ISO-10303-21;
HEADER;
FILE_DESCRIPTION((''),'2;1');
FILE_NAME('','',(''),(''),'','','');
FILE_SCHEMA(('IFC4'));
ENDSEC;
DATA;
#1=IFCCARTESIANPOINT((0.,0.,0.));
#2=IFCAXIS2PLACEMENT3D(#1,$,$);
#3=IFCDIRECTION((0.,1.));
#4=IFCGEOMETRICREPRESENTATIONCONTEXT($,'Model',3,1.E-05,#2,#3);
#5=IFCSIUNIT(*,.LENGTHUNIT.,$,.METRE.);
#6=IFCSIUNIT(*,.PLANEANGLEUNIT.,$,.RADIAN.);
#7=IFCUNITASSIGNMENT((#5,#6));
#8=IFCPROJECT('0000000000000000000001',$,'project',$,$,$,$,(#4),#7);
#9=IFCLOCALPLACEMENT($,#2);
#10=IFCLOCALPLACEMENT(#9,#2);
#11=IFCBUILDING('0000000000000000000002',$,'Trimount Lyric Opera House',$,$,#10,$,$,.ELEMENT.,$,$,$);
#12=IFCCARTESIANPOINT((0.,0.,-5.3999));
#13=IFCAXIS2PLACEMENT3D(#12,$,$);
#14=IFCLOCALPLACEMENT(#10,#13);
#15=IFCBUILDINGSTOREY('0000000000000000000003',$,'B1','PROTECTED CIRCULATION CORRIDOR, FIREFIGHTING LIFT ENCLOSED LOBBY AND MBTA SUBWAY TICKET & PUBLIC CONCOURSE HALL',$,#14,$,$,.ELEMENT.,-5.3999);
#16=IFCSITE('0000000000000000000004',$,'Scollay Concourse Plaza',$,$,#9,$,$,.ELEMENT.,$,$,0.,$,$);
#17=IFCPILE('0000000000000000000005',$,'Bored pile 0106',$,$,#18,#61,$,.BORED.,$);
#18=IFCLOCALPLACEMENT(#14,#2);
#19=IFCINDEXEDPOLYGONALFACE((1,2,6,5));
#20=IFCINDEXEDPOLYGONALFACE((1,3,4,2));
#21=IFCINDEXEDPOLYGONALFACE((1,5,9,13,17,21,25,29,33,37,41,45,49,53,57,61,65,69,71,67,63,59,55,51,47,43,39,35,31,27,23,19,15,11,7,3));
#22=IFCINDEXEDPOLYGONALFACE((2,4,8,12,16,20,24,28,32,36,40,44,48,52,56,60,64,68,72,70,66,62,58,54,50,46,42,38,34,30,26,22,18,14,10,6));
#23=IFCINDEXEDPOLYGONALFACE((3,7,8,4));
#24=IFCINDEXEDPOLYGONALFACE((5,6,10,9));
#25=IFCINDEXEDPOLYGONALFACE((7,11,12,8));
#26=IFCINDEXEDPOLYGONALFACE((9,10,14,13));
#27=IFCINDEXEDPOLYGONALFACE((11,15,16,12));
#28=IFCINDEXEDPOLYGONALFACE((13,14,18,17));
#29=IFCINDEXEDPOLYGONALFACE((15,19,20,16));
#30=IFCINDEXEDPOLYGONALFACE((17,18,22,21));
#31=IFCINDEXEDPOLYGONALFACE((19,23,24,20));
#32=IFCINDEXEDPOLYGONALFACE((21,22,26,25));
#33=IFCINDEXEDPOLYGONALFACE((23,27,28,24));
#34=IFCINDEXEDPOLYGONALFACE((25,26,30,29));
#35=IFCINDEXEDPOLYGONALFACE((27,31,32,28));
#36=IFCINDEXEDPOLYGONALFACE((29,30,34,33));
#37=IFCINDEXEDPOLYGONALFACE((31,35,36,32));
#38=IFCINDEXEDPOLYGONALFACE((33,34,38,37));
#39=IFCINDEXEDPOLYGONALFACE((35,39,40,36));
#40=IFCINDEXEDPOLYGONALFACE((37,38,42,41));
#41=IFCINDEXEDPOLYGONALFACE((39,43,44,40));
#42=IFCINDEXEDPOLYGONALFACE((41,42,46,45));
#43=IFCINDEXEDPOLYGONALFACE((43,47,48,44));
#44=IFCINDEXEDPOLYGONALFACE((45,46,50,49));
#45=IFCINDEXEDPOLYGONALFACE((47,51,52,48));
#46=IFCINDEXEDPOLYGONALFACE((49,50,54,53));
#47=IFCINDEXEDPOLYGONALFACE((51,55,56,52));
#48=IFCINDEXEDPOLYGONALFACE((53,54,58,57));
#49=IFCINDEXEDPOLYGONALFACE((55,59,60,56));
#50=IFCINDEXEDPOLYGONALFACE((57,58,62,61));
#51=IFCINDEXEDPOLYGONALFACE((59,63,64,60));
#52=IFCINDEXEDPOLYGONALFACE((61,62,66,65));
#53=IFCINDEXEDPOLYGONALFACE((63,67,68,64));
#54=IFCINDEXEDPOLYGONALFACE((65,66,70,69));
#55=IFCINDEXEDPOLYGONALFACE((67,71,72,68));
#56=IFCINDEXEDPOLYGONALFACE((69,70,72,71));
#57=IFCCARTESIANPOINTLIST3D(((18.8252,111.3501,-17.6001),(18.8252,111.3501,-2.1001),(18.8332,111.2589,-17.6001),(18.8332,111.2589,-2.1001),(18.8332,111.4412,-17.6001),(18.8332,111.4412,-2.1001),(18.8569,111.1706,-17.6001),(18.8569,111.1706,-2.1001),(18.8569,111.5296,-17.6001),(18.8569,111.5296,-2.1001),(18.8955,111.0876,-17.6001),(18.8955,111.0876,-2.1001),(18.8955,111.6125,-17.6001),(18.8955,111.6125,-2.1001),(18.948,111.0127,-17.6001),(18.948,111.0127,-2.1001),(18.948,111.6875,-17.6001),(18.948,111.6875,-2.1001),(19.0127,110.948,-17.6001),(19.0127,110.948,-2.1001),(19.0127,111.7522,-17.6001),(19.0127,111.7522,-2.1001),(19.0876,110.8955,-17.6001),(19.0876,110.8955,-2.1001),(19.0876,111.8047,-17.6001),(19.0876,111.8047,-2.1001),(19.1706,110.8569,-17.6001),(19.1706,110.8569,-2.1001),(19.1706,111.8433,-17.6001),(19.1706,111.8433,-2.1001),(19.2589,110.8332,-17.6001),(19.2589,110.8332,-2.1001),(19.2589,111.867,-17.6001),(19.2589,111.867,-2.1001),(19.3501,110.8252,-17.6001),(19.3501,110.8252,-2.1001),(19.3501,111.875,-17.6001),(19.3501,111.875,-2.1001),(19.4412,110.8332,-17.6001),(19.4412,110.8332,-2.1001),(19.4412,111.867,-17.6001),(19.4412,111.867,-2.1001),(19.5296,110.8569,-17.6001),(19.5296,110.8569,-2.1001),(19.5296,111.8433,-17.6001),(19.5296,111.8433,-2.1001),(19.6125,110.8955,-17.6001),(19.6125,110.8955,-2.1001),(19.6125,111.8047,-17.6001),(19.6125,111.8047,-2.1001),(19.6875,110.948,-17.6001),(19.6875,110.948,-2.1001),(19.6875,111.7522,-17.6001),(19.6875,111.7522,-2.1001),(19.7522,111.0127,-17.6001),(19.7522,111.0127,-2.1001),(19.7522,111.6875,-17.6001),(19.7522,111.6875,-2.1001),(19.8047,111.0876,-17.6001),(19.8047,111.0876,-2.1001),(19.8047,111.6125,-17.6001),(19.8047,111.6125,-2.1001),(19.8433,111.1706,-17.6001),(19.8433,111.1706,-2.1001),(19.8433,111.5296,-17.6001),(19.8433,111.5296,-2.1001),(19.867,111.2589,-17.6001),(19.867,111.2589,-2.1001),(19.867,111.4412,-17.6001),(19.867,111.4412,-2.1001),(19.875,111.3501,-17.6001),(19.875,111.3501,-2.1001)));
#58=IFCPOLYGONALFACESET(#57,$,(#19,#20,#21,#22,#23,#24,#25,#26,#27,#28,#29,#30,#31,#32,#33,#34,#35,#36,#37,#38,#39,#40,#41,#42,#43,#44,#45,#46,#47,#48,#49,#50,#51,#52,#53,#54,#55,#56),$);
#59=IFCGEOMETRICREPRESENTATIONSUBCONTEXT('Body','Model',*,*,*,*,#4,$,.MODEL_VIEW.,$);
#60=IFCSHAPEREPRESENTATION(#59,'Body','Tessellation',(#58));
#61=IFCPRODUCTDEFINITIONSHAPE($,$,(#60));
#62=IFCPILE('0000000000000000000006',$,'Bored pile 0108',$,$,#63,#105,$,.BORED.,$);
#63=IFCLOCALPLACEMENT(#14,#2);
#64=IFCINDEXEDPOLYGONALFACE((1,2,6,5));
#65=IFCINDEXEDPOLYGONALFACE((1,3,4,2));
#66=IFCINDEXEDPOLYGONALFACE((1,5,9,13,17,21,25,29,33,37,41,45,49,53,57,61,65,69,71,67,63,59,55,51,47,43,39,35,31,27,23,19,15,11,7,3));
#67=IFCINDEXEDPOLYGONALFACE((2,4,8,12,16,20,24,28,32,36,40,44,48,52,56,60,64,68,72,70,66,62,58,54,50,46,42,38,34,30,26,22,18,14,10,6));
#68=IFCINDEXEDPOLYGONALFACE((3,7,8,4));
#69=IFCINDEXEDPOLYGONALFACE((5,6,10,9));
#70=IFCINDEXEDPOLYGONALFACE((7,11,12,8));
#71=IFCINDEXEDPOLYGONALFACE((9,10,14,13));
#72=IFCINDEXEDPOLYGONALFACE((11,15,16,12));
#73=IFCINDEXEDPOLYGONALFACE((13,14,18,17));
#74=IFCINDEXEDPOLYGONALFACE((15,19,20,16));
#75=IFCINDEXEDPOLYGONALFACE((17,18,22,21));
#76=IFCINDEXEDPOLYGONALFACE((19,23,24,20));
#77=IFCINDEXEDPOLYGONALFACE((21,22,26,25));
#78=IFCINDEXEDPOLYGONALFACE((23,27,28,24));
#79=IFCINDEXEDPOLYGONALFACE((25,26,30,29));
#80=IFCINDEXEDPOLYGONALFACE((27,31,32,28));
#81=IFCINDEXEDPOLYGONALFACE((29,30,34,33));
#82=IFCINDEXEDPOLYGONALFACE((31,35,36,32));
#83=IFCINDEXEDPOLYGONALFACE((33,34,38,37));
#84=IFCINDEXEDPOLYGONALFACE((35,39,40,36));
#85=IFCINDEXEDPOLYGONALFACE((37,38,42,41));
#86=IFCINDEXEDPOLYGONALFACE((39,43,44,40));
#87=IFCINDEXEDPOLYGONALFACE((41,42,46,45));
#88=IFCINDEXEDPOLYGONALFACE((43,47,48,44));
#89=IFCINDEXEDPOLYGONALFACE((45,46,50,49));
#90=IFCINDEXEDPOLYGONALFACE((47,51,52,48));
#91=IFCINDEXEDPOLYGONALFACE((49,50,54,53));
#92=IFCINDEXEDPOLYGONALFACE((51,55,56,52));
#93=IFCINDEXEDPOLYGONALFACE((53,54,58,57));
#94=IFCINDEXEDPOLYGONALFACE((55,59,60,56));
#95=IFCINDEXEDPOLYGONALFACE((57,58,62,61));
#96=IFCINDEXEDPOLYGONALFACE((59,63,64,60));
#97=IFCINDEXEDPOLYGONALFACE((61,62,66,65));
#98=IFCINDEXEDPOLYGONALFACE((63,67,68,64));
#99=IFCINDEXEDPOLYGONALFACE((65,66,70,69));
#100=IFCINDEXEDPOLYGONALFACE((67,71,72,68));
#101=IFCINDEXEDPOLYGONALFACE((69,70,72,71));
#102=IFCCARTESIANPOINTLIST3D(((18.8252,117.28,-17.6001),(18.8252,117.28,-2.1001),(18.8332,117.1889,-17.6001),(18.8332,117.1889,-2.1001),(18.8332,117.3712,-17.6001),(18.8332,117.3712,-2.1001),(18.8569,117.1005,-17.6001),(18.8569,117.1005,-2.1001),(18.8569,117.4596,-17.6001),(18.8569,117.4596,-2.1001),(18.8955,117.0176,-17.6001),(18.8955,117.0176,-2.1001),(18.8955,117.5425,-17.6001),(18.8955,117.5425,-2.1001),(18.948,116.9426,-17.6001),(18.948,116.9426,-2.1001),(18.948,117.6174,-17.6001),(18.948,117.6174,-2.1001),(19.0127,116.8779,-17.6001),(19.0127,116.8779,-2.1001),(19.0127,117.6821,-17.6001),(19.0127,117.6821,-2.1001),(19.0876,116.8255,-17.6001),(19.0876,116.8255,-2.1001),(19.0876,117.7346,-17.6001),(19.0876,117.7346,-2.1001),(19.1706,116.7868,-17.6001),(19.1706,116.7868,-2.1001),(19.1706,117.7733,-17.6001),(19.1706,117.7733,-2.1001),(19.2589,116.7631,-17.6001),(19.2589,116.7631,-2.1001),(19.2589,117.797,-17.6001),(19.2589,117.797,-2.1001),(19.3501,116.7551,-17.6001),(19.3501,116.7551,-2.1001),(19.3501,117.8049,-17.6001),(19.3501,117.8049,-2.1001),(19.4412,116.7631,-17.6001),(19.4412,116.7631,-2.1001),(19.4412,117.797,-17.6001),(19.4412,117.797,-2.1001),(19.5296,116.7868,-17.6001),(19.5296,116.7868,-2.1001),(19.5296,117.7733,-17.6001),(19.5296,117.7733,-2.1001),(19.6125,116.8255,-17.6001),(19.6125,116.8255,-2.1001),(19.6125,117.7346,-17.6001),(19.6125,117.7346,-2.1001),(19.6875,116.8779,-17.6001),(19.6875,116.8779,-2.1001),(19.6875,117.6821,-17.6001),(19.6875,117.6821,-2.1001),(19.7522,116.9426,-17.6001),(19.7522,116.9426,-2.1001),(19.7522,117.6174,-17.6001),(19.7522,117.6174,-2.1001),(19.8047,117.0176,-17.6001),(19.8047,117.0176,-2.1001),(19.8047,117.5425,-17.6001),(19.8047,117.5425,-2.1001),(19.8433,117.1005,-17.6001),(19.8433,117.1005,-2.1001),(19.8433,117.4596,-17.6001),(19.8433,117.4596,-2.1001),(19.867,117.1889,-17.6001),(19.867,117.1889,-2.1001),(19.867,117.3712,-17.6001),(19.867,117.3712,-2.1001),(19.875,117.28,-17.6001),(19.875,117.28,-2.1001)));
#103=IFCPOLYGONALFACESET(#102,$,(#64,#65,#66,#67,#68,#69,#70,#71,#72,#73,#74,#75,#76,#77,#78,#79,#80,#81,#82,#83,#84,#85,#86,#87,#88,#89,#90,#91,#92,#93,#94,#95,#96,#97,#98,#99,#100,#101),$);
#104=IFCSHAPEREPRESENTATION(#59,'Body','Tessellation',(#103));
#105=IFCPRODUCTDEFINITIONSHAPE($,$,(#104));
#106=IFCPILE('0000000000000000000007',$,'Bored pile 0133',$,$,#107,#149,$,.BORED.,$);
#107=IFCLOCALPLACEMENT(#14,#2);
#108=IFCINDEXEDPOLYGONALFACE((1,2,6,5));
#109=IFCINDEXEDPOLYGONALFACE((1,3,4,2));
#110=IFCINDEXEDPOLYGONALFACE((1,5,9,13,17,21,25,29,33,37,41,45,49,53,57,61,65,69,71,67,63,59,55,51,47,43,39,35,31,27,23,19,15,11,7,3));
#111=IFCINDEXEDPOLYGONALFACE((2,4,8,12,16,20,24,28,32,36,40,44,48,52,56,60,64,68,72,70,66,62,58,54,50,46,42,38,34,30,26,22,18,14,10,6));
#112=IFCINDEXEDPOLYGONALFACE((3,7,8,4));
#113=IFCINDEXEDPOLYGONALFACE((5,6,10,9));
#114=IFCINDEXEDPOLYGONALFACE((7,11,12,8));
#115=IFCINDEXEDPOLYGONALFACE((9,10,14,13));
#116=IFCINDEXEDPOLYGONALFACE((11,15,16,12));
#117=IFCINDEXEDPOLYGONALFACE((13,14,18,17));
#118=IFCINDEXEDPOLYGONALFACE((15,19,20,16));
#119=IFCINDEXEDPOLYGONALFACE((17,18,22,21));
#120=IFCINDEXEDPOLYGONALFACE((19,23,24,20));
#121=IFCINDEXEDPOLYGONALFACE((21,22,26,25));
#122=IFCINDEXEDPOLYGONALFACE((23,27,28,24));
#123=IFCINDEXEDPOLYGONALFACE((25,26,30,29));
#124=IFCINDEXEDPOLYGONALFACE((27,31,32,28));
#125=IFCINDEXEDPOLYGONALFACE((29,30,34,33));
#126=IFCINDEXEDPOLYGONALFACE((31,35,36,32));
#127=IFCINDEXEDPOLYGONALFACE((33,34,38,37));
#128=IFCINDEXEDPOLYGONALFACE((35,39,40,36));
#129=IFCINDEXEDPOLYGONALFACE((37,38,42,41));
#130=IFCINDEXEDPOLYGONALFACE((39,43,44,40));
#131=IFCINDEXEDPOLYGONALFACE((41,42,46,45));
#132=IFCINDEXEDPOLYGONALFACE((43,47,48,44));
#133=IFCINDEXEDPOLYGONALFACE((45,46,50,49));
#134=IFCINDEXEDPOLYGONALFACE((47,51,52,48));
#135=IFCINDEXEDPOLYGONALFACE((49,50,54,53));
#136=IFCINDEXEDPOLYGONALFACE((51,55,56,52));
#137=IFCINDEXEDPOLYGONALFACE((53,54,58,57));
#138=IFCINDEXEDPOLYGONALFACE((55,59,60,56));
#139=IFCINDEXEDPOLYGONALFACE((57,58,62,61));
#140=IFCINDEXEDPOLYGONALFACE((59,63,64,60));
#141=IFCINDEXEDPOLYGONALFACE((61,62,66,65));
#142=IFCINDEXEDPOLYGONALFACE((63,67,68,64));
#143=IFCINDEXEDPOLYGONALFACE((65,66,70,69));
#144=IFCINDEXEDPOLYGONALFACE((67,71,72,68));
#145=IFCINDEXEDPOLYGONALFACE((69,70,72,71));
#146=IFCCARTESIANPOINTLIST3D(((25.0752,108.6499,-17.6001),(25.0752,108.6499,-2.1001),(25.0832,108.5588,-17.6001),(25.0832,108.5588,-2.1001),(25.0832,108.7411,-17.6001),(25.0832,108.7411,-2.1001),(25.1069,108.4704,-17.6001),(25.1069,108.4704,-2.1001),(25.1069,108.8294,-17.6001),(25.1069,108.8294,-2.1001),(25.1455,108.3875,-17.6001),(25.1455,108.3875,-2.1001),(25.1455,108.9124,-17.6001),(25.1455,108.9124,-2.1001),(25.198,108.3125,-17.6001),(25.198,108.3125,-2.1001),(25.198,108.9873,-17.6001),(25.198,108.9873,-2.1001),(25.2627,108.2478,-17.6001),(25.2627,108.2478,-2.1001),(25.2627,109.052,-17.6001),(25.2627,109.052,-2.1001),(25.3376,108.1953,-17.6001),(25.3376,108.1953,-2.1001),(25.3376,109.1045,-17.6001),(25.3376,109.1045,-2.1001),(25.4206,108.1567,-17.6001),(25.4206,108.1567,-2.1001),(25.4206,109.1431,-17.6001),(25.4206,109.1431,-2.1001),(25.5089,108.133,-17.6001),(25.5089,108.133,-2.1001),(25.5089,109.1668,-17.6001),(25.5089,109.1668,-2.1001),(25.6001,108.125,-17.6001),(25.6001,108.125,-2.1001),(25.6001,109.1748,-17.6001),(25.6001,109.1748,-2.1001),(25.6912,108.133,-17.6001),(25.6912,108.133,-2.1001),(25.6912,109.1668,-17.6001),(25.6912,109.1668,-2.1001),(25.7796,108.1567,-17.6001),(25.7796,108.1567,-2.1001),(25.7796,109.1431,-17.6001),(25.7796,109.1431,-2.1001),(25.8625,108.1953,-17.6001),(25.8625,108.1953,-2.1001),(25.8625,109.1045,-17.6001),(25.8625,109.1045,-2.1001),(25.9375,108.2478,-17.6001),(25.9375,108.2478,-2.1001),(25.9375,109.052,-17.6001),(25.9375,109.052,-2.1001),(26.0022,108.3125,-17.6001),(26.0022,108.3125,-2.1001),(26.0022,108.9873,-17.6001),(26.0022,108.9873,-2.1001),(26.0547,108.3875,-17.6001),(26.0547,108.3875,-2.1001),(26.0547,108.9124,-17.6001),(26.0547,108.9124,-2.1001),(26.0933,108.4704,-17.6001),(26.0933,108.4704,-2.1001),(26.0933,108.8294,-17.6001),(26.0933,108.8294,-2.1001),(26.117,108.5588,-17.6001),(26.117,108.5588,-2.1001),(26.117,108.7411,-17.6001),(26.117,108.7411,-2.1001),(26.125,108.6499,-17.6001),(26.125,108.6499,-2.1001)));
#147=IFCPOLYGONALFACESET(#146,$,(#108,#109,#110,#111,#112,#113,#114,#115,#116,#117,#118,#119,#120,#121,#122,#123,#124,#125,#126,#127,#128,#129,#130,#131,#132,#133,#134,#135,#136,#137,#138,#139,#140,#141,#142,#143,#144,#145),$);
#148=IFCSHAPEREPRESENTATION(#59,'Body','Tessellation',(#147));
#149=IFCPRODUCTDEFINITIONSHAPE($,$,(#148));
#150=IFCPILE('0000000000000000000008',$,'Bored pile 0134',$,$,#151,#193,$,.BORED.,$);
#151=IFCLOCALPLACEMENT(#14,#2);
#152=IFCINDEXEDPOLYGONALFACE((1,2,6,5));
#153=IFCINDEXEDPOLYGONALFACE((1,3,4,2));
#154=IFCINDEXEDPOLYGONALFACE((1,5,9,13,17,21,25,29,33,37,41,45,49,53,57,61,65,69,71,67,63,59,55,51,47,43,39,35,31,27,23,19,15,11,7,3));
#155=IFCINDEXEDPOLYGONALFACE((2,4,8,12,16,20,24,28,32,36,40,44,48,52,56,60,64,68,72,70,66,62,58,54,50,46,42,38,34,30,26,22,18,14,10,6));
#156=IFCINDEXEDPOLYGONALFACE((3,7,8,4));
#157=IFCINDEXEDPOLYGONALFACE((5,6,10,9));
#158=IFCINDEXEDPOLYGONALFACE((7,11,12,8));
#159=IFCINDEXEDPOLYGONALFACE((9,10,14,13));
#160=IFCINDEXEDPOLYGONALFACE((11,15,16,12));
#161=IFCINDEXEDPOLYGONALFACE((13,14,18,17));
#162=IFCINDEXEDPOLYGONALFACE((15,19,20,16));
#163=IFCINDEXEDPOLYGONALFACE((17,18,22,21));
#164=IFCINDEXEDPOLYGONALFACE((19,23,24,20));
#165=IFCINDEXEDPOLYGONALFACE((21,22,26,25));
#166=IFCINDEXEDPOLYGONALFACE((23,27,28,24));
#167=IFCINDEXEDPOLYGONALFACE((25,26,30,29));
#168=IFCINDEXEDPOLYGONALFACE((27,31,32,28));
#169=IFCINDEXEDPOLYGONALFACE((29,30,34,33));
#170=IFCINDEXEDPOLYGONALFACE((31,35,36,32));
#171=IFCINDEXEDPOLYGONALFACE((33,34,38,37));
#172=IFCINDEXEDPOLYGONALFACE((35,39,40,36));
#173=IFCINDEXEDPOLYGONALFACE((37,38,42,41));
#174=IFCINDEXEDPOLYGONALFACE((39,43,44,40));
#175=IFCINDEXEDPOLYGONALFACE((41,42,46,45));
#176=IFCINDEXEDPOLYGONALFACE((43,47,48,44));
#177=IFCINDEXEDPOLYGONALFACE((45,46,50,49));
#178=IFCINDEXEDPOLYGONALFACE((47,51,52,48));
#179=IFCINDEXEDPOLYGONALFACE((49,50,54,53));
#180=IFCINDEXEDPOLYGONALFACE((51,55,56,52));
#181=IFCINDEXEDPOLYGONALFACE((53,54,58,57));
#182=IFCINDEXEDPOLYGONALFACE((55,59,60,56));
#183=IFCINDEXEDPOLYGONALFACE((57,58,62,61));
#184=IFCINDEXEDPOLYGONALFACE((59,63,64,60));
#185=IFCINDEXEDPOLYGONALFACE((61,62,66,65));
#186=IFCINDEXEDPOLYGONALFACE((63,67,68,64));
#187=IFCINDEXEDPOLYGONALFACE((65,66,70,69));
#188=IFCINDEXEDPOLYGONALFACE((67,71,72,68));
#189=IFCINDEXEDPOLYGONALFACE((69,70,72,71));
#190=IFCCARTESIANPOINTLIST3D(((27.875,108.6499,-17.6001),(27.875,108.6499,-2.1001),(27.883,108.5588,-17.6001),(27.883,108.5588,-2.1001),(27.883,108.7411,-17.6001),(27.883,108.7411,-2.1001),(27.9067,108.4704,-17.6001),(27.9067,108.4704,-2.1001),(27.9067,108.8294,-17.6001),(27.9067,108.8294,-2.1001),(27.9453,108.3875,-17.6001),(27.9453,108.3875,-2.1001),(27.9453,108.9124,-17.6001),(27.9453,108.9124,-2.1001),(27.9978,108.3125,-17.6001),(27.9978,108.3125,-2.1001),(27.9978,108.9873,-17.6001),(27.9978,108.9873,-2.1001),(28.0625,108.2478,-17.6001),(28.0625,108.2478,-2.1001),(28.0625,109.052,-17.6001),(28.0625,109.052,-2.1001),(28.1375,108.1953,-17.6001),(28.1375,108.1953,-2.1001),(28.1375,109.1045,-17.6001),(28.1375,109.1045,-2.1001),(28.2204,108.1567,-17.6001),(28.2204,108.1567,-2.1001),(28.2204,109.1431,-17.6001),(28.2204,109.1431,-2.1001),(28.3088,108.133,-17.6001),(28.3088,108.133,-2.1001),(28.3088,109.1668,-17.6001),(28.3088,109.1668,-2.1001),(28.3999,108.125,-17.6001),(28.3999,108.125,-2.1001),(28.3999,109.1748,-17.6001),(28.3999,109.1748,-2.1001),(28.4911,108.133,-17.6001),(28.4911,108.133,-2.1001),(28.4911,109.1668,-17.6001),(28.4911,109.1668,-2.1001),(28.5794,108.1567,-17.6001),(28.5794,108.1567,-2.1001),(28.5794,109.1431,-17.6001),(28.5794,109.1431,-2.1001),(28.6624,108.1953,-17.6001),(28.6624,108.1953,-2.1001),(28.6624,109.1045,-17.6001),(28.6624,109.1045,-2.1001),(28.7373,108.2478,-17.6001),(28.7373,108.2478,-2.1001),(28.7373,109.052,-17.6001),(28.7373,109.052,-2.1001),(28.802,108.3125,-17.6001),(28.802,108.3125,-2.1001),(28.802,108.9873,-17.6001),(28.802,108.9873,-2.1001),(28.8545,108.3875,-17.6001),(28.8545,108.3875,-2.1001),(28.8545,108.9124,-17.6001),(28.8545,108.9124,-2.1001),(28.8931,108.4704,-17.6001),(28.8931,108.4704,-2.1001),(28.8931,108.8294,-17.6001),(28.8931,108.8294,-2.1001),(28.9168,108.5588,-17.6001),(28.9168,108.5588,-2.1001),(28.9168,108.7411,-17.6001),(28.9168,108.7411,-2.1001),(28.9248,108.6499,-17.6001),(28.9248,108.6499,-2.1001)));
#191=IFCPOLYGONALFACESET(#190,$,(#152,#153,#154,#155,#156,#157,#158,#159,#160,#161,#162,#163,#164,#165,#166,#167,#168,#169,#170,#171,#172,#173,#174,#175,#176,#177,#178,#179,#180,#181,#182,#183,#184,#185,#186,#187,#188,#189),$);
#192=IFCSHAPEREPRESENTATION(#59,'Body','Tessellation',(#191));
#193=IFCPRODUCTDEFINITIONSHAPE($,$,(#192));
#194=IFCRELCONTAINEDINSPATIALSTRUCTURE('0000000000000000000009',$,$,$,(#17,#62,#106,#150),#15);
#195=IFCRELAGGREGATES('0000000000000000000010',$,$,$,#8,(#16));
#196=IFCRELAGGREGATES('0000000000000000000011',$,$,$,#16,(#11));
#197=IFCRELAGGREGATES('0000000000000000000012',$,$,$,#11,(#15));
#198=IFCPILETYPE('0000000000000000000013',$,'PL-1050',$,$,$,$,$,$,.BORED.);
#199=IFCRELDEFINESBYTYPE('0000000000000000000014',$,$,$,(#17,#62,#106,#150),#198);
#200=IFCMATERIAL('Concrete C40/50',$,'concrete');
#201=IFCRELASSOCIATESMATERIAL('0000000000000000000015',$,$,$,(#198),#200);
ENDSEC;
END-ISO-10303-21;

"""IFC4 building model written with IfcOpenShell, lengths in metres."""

from ifc_helpers import new_model, si_unit, direction, frame, origin, origin_2d, place, context, subcontext, project, spatial, circle, extrude, material, material_profile, profile_set, type_object, element, save


model = new_model("IFC4")

# Units and contexts
model_context = context("Model", 3, precision=1e-05, world=origin(), true_north=direction((0.0, 1.0)))
body_context = subcontext(model_context, "Body", "Model", "MODEL_VIEW")
ifc_project = project(units=[si_unit("LENGTHUNIT", "METRE"), si_unit("PLANEANGLEUNIT", "RADIAN")], contexts=[model_context])

# Site, building, storey
site_placement = place(None, origin())
site = spatial("IfcSite", under=ifc_project, at=site_placement, Name="Scollay Concourse Plaza", CompositionType="ELEMENT", RefElevation=0.0)
building_placement = place(site_placement, origin())
building = spatial("IfcBuilding", under=site, at=building_placement, Name="Trimount Lyric Opera House", CompositionType="ELEMENT")
storey_placement = place(building_placement, frame((0.0, 0.0, -5.3999)))
storey = spatial("IfcBuildingStorey", under=building, at=storey_placement, Name="B1", Description="PROTECTED CIRCULATION CORRIDOR, FIREFIGHTING LIFT ENCLOSED LOBBY AND MBTA SUBWAY TICKET & PUBLIC CONCOURSE HALL", CompositionType="ELEMENT", Elevation=-5.3999)

# Piles
ifc_material_1 = material(Name="Concrete C40/50", Category="concrete")
ifc_material_profile_1 = material_profile(ifc_material_1, circle(Radius=0.5249, at=origin_2d()), Name="PILE-D1050")
ifc_profile_set_1 = profile_set([ifc_material_profile_1], Name="Concrete C40/50")
pile_type_1 = type_object("IfcPileType", Name="PL-1050", PredefinedType="BORED", material=ifc_profile_set_1)
for number, where, z_axis, x_axis, name in (
    (1, (19.3501, 111.3501, -2.1001), (0.0, 0.0, -1.0), (1.0, 0.0, 0.0), "Bored pile 0106"),
    (2, (19.3501, 117.28, -2.1001), (0.0, 0.0, -1.0), (1.0, 0.0, 0.0), "Bored pile 0108"),
    (3, (25.6001, 108.6499, -2.1001), (0.0, 0.0, -1.0), (1.0, 0.0, 0.0), "Bored pile 0133"),
    (4, (28.3999, 108.6499, -2.1001), (0.0, 0.0, -1.0), (1.0, 0.0, 0.0), "Bored pile 0134"),
):
    element("IfcPile", number, at=place(storey_placement, frame(where, z_axis=z_axis, x_axis=x_axis)), inside=storey, type_object=pile_type_1, Name=name, PredefinedType="BORED", context=body_context, shape_type="SweptSolid", body=[
        extrude(circle(Radius=0.5249, at=origin_2d()), origin(), (0.0, 0.0, 1.0), 15.5),
    ])

save(model, "model.ifc")
